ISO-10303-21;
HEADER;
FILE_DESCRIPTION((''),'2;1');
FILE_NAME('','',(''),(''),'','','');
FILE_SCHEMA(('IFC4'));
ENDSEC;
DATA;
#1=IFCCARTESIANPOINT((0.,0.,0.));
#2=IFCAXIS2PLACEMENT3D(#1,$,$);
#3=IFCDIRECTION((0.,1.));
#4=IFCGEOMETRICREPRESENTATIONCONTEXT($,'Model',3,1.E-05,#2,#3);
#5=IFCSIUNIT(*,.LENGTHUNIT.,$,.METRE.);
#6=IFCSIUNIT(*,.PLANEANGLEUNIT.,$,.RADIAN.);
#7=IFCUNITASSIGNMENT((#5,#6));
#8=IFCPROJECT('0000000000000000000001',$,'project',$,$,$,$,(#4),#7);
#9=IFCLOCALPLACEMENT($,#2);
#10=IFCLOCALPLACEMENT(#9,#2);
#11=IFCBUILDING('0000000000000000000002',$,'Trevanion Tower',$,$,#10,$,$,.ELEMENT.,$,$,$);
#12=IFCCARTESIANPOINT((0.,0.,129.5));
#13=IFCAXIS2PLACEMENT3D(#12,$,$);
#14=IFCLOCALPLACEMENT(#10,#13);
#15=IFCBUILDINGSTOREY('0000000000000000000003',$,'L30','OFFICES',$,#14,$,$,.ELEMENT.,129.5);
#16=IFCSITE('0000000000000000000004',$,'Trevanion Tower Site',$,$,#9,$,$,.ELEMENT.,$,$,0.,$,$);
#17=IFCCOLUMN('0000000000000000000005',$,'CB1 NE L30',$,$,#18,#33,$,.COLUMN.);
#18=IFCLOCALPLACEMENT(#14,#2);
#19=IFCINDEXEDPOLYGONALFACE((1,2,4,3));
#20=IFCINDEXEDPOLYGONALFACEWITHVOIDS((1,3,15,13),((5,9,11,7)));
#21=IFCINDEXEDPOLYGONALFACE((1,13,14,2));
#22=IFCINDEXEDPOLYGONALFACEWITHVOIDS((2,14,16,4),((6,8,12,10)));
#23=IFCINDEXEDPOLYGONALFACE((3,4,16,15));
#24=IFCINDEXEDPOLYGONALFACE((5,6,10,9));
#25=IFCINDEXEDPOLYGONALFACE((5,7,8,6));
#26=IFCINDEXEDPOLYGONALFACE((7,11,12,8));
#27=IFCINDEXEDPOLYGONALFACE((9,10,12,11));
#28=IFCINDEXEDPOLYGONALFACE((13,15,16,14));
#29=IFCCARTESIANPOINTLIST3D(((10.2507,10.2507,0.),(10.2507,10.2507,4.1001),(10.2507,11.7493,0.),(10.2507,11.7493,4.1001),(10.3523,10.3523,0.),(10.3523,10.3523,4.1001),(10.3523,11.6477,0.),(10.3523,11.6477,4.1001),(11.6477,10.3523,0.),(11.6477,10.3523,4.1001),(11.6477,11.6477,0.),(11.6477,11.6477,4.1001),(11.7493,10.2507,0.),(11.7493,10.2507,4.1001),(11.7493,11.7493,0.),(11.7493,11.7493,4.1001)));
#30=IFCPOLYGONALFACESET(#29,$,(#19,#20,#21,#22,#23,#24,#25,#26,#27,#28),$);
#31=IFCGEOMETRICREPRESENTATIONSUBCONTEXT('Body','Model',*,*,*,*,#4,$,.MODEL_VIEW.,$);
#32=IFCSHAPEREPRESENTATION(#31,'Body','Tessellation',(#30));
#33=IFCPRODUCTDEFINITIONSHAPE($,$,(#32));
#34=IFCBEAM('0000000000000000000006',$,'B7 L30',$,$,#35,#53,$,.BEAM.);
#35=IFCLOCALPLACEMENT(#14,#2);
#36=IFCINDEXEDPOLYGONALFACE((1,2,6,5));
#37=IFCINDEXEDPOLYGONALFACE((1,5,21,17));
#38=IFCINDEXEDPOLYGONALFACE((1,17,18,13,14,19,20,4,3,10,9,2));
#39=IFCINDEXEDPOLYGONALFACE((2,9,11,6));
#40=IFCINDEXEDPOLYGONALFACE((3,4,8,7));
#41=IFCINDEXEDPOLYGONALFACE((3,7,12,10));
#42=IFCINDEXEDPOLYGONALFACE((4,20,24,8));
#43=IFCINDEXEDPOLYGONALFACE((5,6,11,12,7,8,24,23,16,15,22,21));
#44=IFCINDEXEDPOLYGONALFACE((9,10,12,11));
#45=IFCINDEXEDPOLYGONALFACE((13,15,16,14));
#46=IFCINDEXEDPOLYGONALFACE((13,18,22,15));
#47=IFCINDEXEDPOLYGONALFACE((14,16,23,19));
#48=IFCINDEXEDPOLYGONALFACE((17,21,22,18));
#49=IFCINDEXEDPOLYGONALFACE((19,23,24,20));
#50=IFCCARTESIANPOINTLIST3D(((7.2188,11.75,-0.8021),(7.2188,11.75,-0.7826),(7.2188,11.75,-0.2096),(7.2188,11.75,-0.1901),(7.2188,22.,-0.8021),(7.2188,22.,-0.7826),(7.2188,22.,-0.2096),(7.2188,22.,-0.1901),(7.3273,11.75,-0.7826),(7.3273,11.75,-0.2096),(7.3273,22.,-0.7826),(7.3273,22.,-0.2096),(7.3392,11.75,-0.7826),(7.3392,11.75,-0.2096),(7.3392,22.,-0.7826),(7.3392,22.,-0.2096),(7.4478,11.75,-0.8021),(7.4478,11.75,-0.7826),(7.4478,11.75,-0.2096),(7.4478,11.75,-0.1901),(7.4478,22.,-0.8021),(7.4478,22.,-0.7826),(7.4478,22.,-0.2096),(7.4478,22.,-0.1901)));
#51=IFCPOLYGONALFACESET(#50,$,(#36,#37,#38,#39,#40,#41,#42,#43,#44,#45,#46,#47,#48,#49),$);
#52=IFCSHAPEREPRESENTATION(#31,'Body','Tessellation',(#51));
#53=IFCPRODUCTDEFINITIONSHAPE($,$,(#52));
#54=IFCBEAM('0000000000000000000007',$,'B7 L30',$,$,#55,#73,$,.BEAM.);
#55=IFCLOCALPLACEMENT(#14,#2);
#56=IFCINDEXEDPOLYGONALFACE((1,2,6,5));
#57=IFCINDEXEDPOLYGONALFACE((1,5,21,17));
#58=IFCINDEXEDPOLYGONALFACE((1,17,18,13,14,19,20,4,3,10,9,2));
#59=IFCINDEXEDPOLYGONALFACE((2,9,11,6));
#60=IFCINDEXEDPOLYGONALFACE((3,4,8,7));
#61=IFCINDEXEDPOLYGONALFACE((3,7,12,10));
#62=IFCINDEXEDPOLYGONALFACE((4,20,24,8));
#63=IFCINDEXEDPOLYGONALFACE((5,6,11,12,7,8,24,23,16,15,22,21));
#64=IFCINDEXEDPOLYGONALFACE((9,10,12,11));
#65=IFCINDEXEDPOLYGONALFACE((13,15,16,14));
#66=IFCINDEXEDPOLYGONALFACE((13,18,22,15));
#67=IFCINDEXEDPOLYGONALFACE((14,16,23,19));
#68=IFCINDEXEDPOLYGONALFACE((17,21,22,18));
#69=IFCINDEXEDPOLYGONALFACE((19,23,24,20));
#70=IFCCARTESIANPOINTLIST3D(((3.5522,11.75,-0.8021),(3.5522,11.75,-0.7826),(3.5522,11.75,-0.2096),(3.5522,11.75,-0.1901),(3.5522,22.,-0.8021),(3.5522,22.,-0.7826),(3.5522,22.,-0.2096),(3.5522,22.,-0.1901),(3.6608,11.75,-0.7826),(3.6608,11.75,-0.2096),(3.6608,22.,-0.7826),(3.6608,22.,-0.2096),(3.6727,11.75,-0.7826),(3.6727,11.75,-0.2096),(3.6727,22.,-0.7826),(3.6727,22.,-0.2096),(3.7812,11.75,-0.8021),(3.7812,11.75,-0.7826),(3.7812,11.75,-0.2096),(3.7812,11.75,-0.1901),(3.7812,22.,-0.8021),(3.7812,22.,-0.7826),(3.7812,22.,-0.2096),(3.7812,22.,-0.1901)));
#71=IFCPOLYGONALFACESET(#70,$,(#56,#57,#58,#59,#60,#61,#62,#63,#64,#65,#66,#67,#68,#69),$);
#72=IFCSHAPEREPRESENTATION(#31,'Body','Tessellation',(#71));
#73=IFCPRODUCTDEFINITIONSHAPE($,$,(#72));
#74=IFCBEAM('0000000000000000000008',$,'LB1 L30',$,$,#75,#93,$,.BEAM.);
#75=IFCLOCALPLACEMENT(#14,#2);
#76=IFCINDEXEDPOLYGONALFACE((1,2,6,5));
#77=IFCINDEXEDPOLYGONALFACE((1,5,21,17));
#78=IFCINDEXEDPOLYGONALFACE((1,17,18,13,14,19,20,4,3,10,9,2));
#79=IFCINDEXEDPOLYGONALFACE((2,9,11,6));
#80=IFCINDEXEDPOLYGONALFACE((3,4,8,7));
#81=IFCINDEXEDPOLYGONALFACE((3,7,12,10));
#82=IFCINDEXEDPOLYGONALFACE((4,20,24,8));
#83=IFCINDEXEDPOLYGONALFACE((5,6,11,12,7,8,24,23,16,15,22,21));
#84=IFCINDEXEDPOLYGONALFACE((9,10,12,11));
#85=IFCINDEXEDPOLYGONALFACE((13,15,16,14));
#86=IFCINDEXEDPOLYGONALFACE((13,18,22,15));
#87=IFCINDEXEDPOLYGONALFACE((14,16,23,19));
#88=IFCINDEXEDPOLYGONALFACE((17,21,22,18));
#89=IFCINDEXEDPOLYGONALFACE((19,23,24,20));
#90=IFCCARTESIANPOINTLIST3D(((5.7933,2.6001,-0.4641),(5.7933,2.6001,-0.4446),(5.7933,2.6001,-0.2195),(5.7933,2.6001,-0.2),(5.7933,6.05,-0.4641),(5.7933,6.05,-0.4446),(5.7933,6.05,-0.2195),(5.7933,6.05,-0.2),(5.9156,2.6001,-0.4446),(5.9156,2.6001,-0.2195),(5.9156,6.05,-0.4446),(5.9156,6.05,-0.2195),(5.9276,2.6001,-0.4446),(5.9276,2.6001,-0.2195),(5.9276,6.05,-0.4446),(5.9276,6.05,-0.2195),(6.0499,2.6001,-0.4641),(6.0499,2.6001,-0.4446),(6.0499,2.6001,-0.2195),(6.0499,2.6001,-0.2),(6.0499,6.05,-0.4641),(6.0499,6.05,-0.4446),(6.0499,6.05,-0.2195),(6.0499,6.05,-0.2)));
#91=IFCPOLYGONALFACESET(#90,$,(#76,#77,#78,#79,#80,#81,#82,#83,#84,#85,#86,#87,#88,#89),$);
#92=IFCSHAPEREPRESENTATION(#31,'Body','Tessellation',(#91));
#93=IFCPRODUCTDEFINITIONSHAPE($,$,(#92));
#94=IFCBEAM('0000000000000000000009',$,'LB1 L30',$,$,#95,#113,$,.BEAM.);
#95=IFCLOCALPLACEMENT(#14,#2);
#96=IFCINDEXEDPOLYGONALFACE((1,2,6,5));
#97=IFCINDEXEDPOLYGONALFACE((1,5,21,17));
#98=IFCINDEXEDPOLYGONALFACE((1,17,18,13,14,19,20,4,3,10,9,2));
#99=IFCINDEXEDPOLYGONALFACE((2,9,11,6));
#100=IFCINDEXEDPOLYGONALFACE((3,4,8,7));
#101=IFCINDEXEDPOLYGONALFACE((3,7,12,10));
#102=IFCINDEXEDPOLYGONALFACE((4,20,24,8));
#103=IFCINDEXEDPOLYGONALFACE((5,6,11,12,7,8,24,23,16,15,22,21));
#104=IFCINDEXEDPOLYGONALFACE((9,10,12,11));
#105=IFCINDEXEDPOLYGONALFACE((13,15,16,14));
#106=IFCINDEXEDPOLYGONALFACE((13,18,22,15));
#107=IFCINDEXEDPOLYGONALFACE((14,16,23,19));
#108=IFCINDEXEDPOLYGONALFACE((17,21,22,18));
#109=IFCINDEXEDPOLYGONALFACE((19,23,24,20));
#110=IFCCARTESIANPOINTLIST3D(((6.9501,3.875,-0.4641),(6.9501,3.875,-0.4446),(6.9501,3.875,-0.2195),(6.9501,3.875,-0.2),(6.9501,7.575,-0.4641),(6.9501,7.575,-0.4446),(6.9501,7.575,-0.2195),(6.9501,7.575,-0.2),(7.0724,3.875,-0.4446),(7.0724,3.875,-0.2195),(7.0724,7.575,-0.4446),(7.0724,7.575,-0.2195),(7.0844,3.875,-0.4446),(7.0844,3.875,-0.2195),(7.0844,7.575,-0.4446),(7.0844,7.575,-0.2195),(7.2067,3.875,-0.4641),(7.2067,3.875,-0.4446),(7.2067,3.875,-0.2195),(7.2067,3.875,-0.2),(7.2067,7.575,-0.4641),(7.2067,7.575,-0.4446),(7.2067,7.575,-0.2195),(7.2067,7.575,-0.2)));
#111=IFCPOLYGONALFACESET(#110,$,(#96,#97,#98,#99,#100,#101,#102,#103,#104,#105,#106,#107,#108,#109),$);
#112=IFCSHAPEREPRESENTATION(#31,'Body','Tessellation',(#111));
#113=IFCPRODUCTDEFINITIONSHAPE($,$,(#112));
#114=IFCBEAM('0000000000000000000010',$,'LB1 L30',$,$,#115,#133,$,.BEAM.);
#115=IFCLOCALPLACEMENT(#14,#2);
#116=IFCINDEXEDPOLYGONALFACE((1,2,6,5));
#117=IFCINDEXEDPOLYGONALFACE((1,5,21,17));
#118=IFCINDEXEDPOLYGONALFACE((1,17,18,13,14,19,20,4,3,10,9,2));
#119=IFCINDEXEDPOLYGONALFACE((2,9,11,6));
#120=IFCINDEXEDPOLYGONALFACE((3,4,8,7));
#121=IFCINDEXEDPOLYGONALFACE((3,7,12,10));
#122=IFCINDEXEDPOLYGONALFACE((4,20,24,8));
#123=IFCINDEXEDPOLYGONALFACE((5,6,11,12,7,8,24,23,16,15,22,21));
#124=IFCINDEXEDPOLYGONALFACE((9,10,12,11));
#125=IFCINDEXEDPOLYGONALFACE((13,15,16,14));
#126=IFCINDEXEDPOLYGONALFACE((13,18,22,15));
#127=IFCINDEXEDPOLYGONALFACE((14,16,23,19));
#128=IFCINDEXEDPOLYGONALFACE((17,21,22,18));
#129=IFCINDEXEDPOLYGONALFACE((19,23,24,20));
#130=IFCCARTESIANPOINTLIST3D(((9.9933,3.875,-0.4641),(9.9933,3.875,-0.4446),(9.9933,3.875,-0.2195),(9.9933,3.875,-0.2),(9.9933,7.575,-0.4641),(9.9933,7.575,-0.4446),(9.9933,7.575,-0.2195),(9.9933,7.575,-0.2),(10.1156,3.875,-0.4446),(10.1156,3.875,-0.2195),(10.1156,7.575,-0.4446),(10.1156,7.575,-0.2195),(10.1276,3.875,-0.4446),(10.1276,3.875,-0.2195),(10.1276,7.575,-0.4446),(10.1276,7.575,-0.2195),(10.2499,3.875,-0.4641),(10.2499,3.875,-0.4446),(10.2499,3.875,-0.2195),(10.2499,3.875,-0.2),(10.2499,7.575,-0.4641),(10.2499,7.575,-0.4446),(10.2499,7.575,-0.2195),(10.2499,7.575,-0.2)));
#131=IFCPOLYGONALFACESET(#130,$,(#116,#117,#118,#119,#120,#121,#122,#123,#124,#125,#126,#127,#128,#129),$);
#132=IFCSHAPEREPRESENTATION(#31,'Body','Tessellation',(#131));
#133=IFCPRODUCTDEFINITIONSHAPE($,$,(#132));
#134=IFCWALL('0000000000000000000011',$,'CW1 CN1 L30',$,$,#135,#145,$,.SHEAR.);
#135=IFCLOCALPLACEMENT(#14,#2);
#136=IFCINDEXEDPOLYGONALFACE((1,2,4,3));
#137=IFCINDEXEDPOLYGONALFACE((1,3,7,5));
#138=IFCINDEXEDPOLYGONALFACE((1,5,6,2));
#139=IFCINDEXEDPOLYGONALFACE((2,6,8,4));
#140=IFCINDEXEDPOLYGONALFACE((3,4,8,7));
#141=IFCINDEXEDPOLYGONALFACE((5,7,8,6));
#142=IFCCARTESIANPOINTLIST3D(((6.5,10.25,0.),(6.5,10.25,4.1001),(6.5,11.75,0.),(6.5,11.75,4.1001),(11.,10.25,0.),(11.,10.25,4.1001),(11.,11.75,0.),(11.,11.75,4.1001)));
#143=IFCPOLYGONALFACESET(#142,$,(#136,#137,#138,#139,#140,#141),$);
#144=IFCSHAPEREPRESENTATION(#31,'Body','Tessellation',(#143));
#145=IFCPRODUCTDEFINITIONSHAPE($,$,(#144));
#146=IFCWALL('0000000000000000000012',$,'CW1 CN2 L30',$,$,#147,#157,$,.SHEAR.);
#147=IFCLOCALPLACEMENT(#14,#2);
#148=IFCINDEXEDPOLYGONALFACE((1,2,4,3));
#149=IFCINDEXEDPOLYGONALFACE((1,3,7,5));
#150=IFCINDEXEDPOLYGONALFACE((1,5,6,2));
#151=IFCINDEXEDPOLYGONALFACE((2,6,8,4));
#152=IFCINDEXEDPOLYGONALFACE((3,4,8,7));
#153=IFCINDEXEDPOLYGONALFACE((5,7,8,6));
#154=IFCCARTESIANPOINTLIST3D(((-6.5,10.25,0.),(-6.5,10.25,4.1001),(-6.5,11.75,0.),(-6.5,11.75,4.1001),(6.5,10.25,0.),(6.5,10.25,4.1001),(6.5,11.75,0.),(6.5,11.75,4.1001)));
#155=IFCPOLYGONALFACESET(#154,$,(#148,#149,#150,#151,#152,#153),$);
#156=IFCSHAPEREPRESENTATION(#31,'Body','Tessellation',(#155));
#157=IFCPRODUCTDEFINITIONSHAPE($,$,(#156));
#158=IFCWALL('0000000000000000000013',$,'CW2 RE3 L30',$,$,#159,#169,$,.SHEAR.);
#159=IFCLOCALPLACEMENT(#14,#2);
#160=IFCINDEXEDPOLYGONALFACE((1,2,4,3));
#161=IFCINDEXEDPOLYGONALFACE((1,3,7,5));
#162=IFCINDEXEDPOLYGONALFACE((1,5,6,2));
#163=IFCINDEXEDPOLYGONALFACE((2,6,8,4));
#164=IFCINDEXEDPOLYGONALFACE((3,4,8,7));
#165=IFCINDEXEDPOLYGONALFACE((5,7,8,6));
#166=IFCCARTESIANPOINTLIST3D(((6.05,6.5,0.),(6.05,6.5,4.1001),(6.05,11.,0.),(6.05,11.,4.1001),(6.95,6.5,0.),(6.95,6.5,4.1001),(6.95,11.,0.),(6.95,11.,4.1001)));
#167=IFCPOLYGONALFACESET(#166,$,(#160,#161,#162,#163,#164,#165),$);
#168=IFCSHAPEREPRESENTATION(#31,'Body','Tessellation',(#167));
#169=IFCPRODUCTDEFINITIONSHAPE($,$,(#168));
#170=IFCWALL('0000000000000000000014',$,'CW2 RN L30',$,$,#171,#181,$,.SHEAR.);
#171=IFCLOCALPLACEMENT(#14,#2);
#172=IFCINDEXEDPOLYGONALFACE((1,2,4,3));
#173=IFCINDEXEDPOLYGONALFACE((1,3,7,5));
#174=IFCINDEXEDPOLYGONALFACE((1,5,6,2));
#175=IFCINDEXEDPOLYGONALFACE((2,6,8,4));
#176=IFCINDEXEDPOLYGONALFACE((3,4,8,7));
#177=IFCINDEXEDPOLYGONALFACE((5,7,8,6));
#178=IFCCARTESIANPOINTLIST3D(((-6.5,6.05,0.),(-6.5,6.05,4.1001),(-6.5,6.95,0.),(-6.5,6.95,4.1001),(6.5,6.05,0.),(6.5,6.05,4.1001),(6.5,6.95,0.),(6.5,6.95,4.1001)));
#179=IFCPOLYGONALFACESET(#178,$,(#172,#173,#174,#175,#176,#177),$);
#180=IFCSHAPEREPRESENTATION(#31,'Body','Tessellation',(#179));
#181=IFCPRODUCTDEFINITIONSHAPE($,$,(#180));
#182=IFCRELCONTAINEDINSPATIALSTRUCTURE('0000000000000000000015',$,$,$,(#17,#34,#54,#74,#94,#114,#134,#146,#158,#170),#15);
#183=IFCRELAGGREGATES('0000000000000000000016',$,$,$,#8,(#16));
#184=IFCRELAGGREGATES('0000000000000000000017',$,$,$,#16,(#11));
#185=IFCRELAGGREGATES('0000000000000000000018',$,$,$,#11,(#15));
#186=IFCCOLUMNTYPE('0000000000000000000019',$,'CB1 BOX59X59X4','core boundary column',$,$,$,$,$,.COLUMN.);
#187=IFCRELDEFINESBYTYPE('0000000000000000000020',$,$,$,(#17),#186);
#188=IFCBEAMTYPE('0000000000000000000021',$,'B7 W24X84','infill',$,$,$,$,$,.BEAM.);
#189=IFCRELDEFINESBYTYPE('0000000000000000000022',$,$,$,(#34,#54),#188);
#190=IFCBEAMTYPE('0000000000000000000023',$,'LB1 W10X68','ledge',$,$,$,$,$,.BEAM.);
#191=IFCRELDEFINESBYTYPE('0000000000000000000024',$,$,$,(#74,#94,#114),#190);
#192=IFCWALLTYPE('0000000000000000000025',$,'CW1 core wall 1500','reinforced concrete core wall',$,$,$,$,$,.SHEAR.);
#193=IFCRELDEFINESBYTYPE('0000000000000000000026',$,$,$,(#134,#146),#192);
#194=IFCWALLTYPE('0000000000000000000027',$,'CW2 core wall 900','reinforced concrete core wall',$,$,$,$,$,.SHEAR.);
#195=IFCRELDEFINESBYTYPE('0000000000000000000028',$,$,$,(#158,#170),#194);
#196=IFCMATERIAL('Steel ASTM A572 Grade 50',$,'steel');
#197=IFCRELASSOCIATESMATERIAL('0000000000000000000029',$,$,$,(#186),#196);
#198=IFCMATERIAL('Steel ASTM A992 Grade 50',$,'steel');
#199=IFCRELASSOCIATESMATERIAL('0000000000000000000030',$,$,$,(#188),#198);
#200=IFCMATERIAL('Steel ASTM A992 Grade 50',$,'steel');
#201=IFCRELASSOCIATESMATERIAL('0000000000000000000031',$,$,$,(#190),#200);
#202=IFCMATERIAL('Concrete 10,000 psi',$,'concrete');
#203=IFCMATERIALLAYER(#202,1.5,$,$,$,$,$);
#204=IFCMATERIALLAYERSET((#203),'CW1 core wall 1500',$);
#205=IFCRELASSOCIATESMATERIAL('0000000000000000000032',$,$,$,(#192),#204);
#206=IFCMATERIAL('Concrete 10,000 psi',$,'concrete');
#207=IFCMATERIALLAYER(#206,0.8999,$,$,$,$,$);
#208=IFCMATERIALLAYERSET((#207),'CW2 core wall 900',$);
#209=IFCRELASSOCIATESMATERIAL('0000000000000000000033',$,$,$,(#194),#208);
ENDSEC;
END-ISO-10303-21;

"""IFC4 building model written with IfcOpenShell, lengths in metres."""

from ifc_helpers import new_model, si_unit, direction, frame, frame_2d, origin, origin_2d, place, context, subcontext, project, spatial, rectangle, hollow_rectangle, i_section, extrude, material, layer, layer_set, material_profile, profile_set, type_object, element, save


model = new_model("IFC4")

# Units and contexts
model_context = context("Model", 3, precision=1e-05, world=origin(), true_north=direction((0.0, 1.0)))
body_context = subcontext(model_context, "Body", "Model", "MODEL_VIEW")
ifc_project = project(units=[si_unit("LENGTHUNIT", "METRE"), si_unit("PLANEANGLEUNIT", "RADIAN")], contexts=[model_context])

# Site, building, storey
site_placement = place(None, origin())
site = spatial("IfcSite", under=ifc_project, at=site_placement, Name="Trevanion Tower Site", CompositionType="ELEMENT", RefElevation=0.0)
building_placement = place(site_placement, origin())
building = spatial("IfcBuilding", under=site, at=building_placement, Name="Trevanion Tower", CompositionType="ELEMENT")
storey_placement = place(building_placement, frame((0.0, 0.0, 129.5)))
storey = spatial("IfcBuildingStorey", under=building, at=storey_placement, Name="L30", Description="OFFICES", CompositionType="ELEMENT", Elevation=129.5)

# Column
ifc_material_1 = material(Name="Steel ASTM A572 Grade 50", Category="steel")
ifc_material_profile_1 = material_profile(ifc_material_1, hollow_rectangle(XDim=1.4985, YDim=1.4985, WallThickness=0.1016, at=origin_2d()), Name="BOX59X59X4")
ifc_profile_set_1 = profile_set([ifc_material_profile_1], Name="Steel ASTM A572 Grade 50")
column_type = type_object("IfcColumnType", Name="CB1 BOX59X59X4", Description="core boundary column", PredefinedType="COLUMN", material=ifc_profile_set_1)
column_placement = place(storey_placement, frame((11.0, 11.0, 0.0), z_axis=(0.0, 0.0, 1.0), x_axis=(1.0, 0.0, 0.0)))
element("IfcColumn", 1, at=column_placement, inside=storey, type_object=column_type, Name="CB1 NE L30", PredefinedType="COLUMN", context=body_context, shape_type="SweptSolid", body=[
    extrude(hollow_rectangle(XDim=1.4985, YDim=1.4985, WallThickness=0.1016, at=origin_2d()), origin(), (0.0, 0.0, 1.0), 4.1001),
])

# Beams
ifc_material_2 = material(Name="Steel ASTM A992 Grade 50", Category="steel")
ifc_material_profile_2 = material_profile(ifc_material_2, i_section(OverallWidth=0.229, OverallDepth=0.6121, WebThickness=0.012, FlangeThickness=0.0195, at=origin_2d()), Name="W24X84")
ifc_profile_set_2 = profile_set([ifc_material_profile_2], Name="Steel ASTM A992 Grade 50")
beam_type_1 = type_object("IfcBeamType", Name="B7 W24X84", Description="infill", PredefinedType="BEAM", material=ifc_profile_set_2)
for number, where, z_axis, x_axis, name in (
    (2, (7.3333, 11.75, -0.4961), (0.0, 1.0, 0.0), (-1.0, 0.0, 0.0), "B7 L30"),
    (3, (3.6667, 11.75, -0.4961), (0.0, 1.0, 0.0), (-1.0, 0.0, 0.0), "B7 L30"),
):
    element("IfcBeam", number, at=place(storey_placement, frame(where, z_axis=z_axis, x_axis=x_axis)), inside=storey, type_object=beam_type_1, Name=name, PredefinedType="BEAM", context=body_context, shape_type="SweptSolid", body=[
        extrude(i_section(OverallWidth=0.229, OverallDepth=0.6121, WebThickness=0.012, FlangeThickness=0.0195, at=origin_2d()), origin(), (0.0, 0.0, 1.0), 10.25),
    ])
ifc_material_3 = material(Name="Steel ASTM A992 Grade 50", Category="steel")
ifc_material_profile_3 = material_profile(ifc_material_3, i_section(OverallWidth=0.2566, OverallDepth=0.2642, WebThickness=0.012, FlangeThickness=0.0195, at=origin_2d()), Name="W10X68")
ifc_profile_set_3 = profile_set([ifc_material_profile_3], Name="Steel ASTM A992 Grade 50")
beam_type_2 = type_object("IfcBeamType", Name="LB1 W10X68", Description="ledge", PredefinedType="BEAM", material=ifc_profile_set_3)
beam_placement = place(storey_placement, frame((5.9216, 2.6001, -0.332), z_axis=(0.0, 1.0, 0.0), x_axis=(-1.0, 0.0, 0.0)))
element("IfcBeam", 4, at=beam_placement, inside=storey, type_object=beam_type_2, Name="LB1 L30", PredefinedType="BEAM", context=body_context, shape_type="SweptSolid", body=[
    extrude(i_section(OverallWidth=0.2566, OverallDepth=0.2642, WebThickness=0.012, FlangeThickness=0.0195, at=origin_2d()), origin(), (0.0, 0.0, 1.0), 3.45),
])
for number, where, z_axis, x_axis, name in (
    (5, (7.0784, 3.875, -0.332), (0.0, 1.0, 0.0), (-1.0, 0.0, 0.0), "LB1 L30"),
    (6, (10.1216, 3.875, -0.332), (0.0, 1.0, 0.0), (-1.0, 0.0, 0.0), "LB1 L30"),
):
    element("IfcBeam", number, at=place(storey_placement, frame(where, z_axis=z_axis, x_axis=x_axis)), inside=storey, type_object=beam_type_2, Name=name, PredefinedType="BEAM", context=body_context, shape_type="SweptSolid", body=[
        extrude(i_section(OverallWidth=0.2566, OverallDepth=0.2642, WebThickness=0.012, FlangeThickness=0.0195, at=origin_2d()), origin(), (0.0, 0.0, 1.0), 3.7),
    ])

# Walls
ifc_material_4 = material(Name="Concrete 10,000 psi", Category="concrete")
ifc_layer_1 = layer(ifc_material_4, 1.5)
ifc_layer_set_1 = layer_set([ifc_layer_1], Name="CW1 core wall 1500")
wall_type_1 = type_object("IfcWallType", Name="CW1 core wall 1500", Description="reinforced concrete core wall", PredefinedType="SHEAR", material=ifc_layer_set_1)
wall_1_placement = place(storey_placement, frame((11.0, 11.0, 0.0), z_axis=(0.0, 0.0, 1.0), x_axis=(-1.0, 0.0, 0.0)))
element("IfcWall", 7, at=wall_1_placement, inside=storey, type_object=wall_type_1, Name="CW1 CN1 L30", PredefinedType="SHEAR", context=body_context, shape_type="SweptSolid", body=[
    extrude(rectangle(XDim=4.5, YDim=1.5, at=frame_2d((2.25, 0.0))), origin(), (0.0, 0.0, 1.0), 4.1001),
])
wall_2_placement = place(storey_placement, frame((6.5, 11.0, 0.0), z_axis=(0.0, 0.0, 1.0), x_axis=(-1.0, 0.0, 0.0)))
element("IfcWall", 8, at=wall_2_placement, inside=storey, type_object=wall_type_1, Name="CW1 CN2 L30", PredefinedType="SHEAR", context=body_context, shape_type="SweptSolid", body=[
    extrude(rectangle(XDim=13.0, YDim=1.5, at=frame_2d((6.5, 0.0))), origin(), (0.0, 0.0, 1.0), 4.1001),
])
ifc_material_5 = material(Name="Concrete 10,000 psi", Category="concrete")
ifc_layer_2 = layer(ifc_material_5, 0.8999)
ifc_layer_set_2 = layer_set([ifc_layer_2], Name="CW2 core wall 900")
wall_type_2 = type_object("IfcWallType", Name="CW2 core wall 900", Description="reinforced concrete core wall", PredefinedType="SHEAR", material=ifc_layer_set_2)
wall_3_placement = place(storey_placement, frame((6.5, 6.5, 0.0), z_axis=(0.0, 0.0, 1.0), x_axis=(0.0, 1.0, 0.0)))
element("IfcWall", 9, at=wall_3_placement, inside=storey, type_object=wall_type_2, Name="CW2 RE3 L30", PredefinedType="SHEAR", context=body_context, shape_type="SweptSolid", body=[
    extrude(rectangle(XDim=4.5, YDim=0.8999, at=frame_2d((2.25, 0.0))), origin(), (0.0, 0.0, 1.0), 4.1001),
])
wall_4_placement = place(storey_placement, frame((6.5, 6.5, 0.0), z_axis=(0.0, 0.0, 1.0), x_axis=(-1.0, 0.0, 0.0)))
element("IfcWall", 10, at=wall_4_placement, inside=storey, type_object=wall_type_2, Name="CW2 RN L30", PredefinedType="SHEAR", context=body_context, shape_type="SweptSolid", body=[
    extrude(rectangle(XDim=13.0, YDim=0.8999, at=frame_2d((6.5, 0.0))), origin(), (0.0, 0.0, 1.0), 4.1001),
])

save(model, "model.ifc")
